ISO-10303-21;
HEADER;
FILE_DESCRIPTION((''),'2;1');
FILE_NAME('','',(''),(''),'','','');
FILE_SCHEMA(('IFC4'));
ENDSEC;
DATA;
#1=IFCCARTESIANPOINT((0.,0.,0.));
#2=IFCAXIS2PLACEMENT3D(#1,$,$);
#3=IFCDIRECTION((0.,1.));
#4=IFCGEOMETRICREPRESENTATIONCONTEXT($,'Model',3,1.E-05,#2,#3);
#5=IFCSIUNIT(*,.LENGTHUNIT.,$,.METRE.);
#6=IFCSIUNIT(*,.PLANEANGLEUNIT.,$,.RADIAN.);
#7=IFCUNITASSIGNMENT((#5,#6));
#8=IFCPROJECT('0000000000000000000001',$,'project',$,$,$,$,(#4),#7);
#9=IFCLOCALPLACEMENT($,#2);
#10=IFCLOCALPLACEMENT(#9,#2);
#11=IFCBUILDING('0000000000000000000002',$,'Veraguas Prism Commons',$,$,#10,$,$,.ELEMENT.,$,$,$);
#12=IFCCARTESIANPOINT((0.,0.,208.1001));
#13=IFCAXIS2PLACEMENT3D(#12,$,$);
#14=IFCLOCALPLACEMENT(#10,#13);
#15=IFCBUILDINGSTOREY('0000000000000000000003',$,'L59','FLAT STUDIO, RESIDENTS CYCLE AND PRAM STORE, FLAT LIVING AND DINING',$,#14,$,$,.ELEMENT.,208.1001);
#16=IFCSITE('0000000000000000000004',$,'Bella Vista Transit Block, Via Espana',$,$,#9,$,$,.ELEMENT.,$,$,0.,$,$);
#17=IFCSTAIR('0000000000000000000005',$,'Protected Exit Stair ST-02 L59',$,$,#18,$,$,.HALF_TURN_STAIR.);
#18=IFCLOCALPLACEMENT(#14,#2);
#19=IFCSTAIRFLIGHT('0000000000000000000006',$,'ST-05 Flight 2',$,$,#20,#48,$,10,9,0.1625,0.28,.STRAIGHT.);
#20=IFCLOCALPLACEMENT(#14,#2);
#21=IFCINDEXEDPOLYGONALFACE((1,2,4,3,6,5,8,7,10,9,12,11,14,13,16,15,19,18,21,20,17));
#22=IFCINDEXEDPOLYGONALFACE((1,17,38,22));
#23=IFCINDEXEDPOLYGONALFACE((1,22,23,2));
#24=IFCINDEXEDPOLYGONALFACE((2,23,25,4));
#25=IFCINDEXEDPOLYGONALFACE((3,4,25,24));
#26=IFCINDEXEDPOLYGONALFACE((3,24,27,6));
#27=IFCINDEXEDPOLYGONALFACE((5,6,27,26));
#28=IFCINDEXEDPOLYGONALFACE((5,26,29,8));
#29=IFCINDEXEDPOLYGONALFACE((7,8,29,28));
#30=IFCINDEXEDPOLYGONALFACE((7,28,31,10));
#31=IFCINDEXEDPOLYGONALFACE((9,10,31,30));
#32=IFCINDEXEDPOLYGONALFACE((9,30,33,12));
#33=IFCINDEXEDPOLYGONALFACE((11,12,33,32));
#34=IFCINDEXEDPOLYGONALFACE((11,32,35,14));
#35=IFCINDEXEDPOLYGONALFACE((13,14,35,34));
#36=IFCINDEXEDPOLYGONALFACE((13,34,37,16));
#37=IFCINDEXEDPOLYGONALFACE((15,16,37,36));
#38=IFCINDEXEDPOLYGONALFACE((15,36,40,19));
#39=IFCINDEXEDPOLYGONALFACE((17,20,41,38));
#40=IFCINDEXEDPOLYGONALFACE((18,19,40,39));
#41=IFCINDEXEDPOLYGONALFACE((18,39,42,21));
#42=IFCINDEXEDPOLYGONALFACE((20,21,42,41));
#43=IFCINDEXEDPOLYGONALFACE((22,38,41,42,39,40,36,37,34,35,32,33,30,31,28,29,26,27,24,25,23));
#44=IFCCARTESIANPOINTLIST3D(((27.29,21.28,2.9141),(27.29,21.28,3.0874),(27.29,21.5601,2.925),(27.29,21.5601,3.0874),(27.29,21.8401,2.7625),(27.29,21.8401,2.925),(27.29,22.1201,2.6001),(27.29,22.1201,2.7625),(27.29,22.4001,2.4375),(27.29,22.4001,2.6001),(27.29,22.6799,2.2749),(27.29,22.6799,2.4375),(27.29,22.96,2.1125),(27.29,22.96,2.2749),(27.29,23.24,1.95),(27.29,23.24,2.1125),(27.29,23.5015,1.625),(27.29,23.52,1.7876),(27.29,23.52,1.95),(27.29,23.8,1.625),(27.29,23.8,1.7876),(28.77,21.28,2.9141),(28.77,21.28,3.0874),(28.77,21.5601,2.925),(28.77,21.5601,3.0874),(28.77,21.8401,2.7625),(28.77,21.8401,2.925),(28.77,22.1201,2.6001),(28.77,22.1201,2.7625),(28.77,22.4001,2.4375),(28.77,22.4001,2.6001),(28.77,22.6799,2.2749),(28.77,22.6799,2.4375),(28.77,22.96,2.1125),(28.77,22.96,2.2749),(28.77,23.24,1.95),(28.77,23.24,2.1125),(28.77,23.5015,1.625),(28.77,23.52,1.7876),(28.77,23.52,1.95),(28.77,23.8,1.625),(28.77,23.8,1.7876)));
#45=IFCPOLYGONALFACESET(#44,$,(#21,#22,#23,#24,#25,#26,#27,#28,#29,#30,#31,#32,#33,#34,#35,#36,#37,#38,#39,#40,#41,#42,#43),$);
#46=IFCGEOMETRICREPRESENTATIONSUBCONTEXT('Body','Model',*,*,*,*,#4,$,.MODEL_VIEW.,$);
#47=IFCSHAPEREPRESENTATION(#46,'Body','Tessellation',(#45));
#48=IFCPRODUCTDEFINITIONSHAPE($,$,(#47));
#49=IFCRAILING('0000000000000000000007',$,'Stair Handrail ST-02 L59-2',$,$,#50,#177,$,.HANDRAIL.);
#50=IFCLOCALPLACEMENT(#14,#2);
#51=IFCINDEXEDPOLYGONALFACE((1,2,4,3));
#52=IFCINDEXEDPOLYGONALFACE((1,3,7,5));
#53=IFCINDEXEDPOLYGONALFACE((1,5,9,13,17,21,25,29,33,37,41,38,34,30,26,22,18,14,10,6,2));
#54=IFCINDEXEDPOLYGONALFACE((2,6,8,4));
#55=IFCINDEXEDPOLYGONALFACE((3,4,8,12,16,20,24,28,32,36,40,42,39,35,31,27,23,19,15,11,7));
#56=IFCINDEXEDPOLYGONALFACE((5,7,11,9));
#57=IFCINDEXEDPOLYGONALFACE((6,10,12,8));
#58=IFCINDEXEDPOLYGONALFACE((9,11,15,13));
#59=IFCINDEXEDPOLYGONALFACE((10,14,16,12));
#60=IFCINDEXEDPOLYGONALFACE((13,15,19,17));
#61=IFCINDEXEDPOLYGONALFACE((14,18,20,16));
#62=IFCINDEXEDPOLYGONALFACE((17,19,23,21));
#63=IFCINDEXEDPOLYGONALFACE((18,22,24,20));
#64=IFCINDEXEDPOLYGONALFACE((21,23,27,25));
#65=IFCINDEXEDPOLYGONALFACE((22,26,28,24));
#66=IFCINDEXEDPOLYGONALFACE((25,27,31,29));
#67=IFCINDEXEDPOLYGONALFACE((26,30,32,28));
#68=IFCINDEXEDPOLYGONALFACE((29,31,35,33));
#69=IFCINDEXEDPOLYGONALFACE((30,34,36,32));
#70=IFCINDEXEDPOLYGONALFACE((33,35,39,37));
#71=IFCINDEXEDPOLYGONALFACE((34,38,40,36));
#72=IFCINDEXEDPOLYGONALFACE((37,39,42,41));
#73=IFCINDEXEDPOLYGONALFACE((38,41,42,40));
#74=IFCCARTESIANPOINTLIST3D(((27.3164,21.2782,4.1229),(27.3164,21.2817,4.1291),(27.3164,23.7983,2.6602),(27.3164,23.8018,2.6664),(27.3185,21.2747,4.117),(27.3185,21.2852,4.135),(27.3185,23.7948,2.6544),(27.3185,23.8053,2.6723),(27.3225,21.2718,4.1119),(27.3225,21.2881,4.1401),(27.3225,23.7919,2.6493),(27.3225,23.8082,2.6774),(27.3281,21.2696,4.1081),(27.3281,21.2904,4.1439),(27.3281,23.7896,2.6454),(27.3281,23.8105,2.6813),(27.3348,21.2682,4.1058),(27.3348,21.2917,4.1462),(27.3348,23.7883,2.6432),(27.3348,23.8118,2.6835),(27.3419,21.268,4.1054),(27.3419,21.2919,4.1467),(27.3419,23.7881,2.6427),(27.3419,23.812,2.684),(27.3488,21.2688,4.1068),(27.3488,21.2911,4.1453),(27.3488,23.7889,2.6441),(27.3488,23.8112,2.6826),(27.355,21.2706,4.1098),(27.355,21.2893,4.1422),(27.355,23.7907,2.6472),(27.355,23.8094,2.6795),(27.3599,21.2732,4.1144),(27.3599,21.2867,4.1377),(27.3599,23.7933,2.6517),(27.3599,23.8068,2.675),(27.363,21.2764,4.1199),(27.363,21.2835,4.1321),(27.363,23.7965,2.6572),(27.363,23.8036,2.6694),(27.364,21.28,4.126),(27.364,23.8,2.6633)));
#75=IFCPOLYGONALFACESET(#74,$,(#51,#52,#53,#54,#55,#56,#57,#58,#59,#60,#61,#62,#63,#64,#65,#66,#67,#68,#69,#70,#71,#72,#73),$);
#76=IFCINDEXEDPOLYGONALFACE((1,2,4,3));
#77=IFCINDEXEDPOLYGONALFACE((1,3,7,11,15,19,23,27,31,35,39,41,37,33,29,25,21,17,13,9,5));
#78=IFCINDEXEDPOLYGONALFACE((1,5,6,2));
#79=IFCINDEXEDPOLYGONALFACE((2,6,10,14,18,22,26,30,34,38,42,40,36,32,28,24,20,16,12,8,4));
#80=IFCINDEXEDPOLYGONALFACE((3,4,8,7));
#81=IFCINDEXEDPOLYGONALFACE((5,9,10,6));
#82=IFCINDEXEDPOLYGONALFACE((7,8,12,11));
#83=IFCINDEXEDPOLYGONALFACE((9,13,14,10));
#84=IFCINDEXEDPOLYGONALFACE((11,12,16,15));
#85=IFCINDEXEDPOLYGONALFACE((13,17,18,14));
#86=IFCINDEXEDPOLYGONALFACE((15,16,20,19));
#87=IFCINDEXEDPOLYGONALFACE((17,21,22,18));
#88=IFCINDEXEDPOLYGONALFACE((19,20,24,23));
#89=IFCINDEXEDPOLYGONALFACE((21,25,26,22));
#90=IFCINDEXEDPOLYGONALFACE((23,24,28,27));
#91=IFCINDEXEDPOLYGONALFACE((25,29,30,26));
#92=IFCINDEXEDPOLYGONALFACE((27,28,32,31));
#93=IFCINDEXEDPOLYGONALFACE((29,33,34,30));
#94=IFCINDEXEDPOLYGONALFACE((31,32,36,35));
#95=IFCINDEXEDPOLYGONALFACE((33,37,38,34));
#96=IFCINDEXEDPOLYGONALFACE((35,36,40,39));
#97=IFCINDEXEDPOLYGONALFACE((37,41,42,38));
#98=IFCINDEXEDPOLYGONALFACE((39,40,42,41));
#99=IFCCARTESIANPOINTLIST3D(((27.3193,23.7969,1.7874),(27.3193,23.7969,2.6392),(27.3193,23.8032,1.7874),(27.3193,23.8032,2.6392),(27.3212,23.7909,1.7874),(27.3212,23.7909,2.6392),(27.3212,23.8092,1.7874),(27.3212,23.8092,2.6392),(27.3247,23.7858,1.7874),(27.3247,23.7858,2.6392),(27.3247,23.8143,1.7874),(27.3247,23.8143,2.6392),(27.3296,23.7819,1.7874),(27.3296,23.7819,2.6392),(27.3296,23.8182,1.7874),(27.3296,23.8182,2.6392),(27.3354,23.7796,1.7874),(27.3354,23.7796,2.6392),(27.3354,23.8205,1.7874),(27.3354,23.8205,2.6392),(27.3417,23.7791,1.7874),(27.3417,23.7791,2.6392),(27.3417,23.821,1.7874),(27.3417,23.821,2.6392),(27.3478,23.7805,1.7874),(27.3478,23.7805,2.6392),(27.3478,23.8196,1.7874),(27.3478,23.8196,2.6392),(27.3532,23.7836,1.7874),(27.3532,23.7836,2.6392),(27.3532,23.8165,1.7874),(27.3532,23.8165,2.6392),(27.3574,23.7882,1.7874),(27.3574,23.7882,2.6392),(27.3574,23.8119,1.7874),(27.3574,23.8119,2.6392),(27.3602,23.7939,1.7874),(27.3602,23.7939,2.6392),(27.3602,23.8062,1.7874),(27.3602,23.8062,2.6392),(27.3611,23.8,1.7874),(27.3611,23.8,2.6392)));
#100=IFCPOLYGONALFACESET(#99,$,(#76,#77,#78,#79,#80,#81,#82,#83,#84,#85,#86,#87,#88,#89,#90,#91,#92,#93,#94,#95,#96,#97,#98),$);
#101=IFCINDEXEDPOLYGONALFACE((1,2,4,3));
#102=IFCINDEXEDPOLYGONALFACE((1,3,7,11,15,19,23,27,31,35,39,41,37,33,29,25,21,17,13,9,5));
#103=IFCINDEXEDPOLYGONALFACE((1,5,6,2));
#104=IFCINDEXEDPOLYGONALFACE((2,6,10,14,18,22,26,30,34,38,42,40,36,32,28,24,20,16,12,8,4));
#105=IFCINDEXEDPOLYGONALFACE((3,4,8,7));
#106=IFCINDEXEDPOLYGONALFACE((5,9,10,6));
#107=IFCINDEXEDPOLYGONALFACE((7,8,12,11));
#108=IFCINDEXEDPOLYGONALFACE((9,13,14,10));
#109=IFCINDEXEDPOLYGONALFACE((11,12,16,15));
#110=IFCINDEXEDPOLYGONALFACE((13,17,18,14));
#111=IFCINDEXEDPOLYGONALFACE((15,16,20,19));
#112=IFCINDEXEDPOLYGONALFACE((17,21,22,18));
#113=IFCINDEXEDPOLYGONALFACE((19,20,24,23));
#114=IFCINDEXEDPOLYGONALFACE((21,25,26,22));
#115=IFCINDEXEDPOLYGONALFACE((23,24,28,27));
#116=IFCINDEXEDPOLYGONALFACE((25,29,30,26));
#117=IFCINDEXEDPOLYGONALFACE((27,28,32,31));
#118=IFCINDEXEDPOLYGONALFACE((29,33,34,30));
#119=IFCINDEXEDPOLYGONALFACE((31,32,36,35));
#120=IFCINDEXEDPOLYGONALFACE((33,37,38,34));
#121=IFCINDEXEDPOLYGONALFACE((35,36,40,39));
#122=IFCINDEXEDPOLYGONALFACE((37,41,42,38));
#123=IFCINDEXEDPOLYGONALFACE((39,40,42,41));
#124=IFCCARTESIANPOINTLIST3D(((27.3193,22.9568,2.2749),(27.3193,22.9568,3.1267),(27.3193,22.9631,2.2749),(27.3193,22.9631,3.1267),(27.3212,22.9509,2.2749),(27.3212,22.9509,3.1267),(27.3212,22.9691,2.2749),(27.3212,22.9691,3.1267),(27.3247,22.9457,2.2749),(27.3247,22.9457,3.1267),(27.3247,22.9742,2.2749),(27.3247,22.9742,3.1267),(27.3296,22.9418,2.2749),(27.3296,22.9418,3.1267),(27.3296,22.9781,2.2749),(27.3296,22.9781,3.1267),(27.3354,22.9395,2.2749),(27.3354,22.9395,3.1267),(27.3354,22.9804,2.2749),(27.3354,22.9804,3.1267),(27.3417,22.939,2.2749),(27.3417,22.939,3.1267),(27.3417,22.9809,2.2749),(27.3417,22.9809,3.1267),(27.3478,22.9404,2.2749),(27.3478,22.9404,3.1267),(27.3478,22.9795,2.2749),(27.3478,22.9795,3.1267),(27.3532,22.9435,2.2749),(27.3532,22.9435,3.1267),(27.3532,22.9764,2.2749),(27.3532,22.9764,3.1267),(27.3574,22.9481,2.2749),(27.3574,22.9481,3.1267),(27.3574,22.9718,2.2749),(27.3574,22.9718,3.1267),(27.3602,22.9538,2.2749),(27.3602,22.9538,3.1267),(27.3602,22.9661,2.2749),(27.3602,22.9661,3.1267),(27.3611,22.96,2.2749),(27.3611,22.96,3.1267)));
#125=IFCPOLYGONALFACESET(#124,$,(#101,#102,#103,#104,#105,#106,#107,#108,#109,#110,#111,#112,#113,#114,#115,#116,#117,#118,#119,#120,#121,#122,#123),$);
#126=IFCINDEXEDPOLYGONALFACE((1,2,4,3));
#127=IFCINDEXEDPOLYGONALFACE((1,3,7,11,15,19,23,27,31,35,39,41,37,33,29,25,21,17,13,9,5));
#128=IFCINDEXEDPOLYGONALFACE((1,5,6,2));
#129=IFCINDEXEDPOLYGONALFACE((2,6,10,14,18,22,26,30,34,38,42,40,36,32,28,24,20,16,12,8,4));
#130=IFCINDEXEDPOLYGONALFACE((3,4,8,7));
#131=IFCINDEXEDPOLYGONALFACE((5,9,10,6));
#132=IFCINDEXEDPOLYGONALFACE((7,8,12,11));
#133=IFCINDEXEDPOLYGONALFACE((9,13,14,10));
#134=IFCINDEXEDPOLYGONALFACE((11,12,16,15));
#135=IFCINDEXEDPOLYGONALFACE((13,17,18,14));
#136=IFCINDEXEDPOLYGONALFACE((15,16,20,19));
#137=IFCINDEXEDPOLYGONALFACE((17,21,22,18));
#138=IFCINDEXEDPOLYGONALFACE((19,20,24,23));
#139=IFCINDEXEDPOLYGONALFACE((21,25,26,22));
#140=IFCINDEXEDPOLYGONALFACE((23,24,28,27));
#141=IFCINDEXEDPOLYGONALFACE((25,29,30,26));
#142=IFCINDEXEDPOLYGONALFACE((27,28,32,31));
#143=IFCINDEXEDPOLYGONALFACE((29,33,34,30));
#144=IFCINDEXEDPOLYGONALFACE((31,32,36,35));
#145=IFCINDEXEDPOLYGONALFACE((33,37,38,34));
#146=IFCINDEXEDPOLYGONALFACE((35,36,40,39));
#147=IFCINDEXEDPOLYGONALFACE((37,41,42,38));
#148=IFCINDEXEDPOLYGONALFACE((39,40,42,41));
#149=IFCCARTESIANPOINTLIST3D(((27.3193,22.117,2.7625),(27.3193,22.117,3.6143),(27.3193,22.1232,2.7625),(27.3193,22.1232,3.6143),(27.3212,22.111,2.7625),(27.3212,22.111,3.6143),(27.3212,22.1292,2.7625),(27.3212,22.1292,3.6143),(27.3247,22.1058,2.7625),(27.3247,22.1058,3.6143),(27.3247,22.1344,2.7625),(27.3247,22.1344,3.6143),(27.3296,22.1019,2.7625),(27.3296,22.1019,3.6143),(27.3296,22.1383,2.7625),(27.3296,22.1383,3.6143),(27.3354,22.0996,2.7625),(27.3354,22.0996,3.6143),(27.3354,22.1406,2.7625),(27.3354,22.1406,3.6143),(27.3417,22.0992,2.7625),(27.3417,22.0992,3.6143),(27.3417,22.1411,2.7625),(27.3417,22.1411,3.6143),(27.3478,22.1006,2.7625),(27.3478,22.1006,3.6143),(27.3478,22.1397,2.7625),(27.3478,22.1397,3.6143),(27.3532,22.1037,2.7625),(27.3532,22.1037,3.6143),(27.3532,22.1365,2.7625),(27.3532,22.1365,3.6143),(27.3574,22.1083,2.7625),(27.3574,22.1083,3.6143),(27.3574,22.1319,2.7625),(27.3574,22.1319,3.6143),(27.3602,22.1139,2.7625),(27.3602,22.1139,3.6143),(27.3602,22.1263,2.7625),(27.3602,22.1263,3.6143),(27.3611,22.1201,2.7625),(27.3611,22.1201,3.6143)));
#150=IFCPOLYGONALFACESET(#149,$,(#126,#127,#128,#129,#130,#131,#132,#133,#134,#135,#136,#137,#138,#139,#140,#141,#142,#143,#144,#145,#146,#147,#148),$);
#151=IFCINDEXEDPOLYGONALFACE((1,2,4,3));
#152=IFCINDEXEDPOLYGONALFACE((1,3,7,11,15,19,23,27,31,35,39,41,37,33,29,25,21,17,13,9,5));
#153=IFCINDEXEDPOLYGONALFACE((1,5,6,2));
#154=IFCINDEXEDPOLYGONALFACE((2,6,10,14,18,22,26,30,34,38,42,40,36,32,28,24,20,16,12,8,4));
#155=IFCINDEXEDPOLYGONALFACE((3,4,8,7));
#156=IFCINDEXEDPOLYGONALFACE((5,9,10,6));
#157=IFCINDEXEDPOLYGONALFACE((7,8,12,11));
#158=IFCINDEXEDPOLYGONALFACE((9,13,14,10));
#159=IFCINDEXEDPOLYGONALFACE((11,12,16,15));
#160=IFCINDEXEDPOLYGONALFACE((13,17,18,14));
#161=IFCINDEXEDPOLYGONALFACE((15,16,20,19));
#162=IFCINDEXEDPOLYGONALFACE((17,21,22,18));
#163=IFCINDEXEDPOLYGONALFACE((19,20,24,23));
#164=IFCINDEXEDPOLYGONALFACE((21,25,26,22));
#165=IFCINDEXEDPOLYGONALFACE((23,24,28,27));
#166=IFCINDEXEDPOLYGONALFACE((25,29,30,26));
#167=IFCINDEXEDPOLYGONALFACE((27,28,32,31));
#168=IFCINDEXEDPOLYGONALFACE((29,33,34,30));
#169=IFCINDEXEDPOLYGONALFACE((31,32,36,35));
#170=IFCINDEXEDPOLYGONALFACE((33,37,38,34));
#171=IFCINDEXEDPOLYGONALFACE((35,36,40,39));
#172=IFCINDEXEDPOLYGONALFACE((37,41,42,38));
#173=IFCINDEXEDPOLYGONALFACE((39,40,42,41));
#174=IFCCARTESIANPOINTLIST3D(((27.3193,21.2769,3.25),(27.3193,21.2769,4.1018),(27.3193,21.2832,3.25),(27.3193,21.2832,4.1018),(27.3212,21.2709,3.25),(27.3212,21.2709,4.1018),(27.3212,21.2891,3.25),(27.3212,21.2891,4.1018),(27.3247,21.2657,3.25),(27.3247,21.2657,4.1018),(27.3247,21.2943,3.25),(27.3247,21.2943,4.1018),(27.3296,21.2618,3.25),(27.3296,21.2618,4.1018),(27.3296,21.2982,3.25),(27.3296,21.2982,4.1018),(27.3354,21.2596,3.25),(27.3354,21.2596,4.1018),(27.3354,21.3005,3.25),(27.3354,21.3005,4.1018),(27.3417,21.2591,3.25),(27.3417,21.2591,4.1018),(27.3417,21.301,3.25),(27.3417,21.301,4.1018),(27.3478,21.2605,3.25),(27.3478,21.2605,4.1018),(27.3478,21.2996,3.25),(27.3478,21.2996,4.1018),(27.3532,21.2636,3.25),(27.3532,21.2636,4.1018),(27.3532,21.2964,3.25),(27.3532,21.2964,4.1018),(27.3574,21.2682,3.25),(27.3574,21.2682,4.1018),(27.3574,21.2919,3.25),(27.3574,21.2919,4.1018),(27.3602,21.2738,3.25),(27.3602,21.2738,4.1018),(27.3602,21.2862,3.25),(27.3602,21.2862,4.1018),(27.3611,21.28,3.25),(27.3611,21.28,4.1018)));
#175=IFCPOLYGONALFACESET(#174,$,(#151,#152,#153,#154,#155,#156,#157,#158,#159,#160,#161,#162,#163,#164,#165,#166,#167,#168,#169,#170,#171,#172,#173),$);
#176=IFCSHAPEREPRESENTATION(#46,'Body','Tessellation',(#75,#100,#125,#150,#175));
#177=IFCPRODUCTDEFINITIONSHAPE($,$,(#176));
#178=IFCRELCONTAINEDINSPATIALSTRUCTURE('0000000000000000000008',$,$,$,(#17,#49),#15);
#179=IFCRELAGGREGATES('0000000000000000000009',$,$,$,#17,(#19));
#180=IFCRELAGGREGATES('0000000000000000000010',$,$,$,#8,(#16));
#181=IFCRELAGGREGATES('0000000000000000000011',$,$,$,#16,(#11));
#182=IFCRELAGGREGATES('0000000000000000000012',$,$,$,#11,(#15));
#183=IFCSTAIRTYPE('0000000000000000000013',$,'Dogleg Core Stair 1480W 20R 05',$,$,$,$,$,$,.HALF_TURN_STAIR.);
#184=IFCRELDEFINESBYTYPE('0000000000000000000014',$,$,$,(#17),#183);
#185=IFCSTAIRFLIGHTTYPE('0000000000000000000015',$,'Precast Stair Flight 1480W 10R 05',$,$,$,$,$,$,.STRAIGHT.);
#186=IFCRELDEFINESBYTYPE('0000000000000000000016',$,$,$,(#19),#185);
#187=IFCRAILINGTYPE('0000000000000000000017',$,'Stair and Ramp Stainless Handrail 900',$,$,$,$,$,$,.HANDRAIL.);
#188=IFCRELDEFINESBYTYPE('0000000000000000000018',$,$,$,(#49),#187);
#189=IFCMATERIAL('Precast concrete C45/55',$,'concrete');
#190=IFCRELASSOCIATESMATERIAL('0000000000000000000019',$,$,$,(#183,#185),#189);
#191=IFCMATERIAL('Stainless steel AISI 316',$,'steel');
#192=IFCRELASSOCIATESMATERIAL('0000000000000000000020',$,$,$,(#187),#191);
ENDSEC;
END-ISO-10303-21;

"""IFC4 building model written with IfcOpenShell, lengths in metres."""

from ifc_helpers import new_model, si_unit, direction, frame, origin, origin_2d, place, context, subcontext, project, spatial, polyline, circle, outline, extrude, material, type_object, element, aggregate, save


model = new_model("IFC4")

# Units and contexts
model_context = context("Model", 3, precision=1e-05, world=origin(), true_north=direction((0.0, 1.0)))
body_context = subcontext(model_context, "Body", "Model", "MODEL_VIEW")
ifc_project = project(units=[si_unit("LENGTHUNIT", "METRE"), si_unit("PLANEANGLEUNIT", "RADIAN")], contexts=[model_context])

# Site, building, storey
site_placement = place(None, origin())
site = spatial("IfcSite", under=ifc_project, at=site_placement, Name="Bella Vista Transit Block, Via Espana", CompositionType="ELEMENT", RefElevation=0.0)
building_placement = place(site_placement, origin())
building = spatial("IfcBuilding", under=site, at=building_placement, Name="Veraguas Prism Commons", CompositionType="ELEMENT")
storey_placement = place(building_placement, frame((0.0, 0.0, 208.1001)))
storey = spatial("IfcBuildingStorey", under=building, at=storey_placement, Name="L59", Description="FLAT STUDIO, RESIDENTS CYCLE AND PRAM STORE, FLAT LIVING AND DINING", CompositionType="ELEMENT", Elevation=208.1001)

# Stair, stair flight
ifc_material_1 = material(Name="Precast concrete C45/55", Category="concrete")
stair_type = type_object("IfcStairType", Name="Dogleg Core Stair 1480W 20R 05", PredefinedType="HALF_TURN_STAIR", material=ifc_material_1)
stair_placement = place(storey_placement, origin())
stair = element("IfcStair", 1, at=stair_placement, inside=storey, type_object=stair_type, Name="Protected Exit Stair ST-02 L59", PredefinedType="HALF_TURN_STAIR")
stair_flight_type = type_object("IfcStairFlightType", Name="Precast Stair Flight 1480W 10R 05", PredefinedType="STRAIGHT", material=ifc_material_1)
stair_flight_placement = place(storey_placement, frame((28.03, 23.8, 1.625), z_axis=(0.0, 0.0, 1.0), x_axis=(0.0, -1.0, 0.0)))
stair_flight = element("IfcStairFlight", 2, at=stair_flight_placement, type_object=stair_flight_type, Name="ST-05 Flight 2", NumberOfRisers=10, NumberOfTreads=9, PredefinedType="STRAIGHT", RiserHeight=0.1625, TreadLength=0.28, context=body_context, shape_type="SweptSolid", body=[
    extrude(outline(polyline([(0.0, 0.0), (0.0, 0.1626), (0.28, 0.1626), (0.28, 0.325), (0.5601, 0.325), (0.5601, 0.4875), (0.8401, 0.4875), (0.8401, 0.6499), (1.1201, 0.6499), (1.1201, 0.8125), (1.3999, 0.8125), (1.3999, 0.9751), (1.6799, 0.9751), (1.6799, 1.1375), (1.96, 1.1375), (1.96, 1.3), (2.24, 1.3), (2.24, 1.4624), (2.52, 1.4624), (2.52, 1.625), (2.52, 1.2891), (0.2986, 0.0), (0.0, 0.0)])), frame((0.0, 0.74, 0.0), z_axis=(0.0, -1.0, 0.0), x_axis=(1.0, 0.0, 0.0)), (0.0, 0.0, 1.0), 1.48),
])
aggregate(stair, [stair_flight])

# Railing
ifc_material_2 = material(Name="Stainless steel AISI 316", Category="steel")
railing_type_1 = type_object("IfcRailingType", Name="Stair and Ramp Stainless Handrail 900", PredefinedType="HANDRAIL", material=ifc_material_2)
railing_1_placement = place(storey_placement, frame((27.3401, 23.8, 1.7874)))
element("IfcRailing", 3, at=railing_1_placement, inside=storey, type_object=railing_type_1, Name="Stair Handrail ST-02 L59-2", PredefinedType="HANDRAIL", context=body_context, shape_type="SweptSolid", body=[
    extrude(circle(Radius=0.0239, at=origin_2d()), frame((0.0, 0.0, 0.876), z_axis=(0.0, -0.864877, 0.501984), x_axis=(1.0, 0.0, 0.0)), (0.0, 0.0, 1.0), 2.9138),
    extrude(circle(Radius=0.021, at=origin_2d()), origin(), (0.0, 0.0, 1.0), 0.8518),
    extrude(circle(Radius=0.021, at=origin_2d()), frame((0.0, -0.8401, 0.4875)), (0.0, 0.0, 1.0), 0.8518),
    extrude(circle(Radius=0.021, at=origin_2d()), frame((0.0, -1.6799, 0.9751)), (0.0, 0.0, 1.0), 0.8518),
    extrude(circle(Radius=0.021, at=origin_2d()), frame((0.0, -2.52, 1.4626)), (0.0, 0.0, 1.0), 0.8518),
])

save(model, "model.ifc")
